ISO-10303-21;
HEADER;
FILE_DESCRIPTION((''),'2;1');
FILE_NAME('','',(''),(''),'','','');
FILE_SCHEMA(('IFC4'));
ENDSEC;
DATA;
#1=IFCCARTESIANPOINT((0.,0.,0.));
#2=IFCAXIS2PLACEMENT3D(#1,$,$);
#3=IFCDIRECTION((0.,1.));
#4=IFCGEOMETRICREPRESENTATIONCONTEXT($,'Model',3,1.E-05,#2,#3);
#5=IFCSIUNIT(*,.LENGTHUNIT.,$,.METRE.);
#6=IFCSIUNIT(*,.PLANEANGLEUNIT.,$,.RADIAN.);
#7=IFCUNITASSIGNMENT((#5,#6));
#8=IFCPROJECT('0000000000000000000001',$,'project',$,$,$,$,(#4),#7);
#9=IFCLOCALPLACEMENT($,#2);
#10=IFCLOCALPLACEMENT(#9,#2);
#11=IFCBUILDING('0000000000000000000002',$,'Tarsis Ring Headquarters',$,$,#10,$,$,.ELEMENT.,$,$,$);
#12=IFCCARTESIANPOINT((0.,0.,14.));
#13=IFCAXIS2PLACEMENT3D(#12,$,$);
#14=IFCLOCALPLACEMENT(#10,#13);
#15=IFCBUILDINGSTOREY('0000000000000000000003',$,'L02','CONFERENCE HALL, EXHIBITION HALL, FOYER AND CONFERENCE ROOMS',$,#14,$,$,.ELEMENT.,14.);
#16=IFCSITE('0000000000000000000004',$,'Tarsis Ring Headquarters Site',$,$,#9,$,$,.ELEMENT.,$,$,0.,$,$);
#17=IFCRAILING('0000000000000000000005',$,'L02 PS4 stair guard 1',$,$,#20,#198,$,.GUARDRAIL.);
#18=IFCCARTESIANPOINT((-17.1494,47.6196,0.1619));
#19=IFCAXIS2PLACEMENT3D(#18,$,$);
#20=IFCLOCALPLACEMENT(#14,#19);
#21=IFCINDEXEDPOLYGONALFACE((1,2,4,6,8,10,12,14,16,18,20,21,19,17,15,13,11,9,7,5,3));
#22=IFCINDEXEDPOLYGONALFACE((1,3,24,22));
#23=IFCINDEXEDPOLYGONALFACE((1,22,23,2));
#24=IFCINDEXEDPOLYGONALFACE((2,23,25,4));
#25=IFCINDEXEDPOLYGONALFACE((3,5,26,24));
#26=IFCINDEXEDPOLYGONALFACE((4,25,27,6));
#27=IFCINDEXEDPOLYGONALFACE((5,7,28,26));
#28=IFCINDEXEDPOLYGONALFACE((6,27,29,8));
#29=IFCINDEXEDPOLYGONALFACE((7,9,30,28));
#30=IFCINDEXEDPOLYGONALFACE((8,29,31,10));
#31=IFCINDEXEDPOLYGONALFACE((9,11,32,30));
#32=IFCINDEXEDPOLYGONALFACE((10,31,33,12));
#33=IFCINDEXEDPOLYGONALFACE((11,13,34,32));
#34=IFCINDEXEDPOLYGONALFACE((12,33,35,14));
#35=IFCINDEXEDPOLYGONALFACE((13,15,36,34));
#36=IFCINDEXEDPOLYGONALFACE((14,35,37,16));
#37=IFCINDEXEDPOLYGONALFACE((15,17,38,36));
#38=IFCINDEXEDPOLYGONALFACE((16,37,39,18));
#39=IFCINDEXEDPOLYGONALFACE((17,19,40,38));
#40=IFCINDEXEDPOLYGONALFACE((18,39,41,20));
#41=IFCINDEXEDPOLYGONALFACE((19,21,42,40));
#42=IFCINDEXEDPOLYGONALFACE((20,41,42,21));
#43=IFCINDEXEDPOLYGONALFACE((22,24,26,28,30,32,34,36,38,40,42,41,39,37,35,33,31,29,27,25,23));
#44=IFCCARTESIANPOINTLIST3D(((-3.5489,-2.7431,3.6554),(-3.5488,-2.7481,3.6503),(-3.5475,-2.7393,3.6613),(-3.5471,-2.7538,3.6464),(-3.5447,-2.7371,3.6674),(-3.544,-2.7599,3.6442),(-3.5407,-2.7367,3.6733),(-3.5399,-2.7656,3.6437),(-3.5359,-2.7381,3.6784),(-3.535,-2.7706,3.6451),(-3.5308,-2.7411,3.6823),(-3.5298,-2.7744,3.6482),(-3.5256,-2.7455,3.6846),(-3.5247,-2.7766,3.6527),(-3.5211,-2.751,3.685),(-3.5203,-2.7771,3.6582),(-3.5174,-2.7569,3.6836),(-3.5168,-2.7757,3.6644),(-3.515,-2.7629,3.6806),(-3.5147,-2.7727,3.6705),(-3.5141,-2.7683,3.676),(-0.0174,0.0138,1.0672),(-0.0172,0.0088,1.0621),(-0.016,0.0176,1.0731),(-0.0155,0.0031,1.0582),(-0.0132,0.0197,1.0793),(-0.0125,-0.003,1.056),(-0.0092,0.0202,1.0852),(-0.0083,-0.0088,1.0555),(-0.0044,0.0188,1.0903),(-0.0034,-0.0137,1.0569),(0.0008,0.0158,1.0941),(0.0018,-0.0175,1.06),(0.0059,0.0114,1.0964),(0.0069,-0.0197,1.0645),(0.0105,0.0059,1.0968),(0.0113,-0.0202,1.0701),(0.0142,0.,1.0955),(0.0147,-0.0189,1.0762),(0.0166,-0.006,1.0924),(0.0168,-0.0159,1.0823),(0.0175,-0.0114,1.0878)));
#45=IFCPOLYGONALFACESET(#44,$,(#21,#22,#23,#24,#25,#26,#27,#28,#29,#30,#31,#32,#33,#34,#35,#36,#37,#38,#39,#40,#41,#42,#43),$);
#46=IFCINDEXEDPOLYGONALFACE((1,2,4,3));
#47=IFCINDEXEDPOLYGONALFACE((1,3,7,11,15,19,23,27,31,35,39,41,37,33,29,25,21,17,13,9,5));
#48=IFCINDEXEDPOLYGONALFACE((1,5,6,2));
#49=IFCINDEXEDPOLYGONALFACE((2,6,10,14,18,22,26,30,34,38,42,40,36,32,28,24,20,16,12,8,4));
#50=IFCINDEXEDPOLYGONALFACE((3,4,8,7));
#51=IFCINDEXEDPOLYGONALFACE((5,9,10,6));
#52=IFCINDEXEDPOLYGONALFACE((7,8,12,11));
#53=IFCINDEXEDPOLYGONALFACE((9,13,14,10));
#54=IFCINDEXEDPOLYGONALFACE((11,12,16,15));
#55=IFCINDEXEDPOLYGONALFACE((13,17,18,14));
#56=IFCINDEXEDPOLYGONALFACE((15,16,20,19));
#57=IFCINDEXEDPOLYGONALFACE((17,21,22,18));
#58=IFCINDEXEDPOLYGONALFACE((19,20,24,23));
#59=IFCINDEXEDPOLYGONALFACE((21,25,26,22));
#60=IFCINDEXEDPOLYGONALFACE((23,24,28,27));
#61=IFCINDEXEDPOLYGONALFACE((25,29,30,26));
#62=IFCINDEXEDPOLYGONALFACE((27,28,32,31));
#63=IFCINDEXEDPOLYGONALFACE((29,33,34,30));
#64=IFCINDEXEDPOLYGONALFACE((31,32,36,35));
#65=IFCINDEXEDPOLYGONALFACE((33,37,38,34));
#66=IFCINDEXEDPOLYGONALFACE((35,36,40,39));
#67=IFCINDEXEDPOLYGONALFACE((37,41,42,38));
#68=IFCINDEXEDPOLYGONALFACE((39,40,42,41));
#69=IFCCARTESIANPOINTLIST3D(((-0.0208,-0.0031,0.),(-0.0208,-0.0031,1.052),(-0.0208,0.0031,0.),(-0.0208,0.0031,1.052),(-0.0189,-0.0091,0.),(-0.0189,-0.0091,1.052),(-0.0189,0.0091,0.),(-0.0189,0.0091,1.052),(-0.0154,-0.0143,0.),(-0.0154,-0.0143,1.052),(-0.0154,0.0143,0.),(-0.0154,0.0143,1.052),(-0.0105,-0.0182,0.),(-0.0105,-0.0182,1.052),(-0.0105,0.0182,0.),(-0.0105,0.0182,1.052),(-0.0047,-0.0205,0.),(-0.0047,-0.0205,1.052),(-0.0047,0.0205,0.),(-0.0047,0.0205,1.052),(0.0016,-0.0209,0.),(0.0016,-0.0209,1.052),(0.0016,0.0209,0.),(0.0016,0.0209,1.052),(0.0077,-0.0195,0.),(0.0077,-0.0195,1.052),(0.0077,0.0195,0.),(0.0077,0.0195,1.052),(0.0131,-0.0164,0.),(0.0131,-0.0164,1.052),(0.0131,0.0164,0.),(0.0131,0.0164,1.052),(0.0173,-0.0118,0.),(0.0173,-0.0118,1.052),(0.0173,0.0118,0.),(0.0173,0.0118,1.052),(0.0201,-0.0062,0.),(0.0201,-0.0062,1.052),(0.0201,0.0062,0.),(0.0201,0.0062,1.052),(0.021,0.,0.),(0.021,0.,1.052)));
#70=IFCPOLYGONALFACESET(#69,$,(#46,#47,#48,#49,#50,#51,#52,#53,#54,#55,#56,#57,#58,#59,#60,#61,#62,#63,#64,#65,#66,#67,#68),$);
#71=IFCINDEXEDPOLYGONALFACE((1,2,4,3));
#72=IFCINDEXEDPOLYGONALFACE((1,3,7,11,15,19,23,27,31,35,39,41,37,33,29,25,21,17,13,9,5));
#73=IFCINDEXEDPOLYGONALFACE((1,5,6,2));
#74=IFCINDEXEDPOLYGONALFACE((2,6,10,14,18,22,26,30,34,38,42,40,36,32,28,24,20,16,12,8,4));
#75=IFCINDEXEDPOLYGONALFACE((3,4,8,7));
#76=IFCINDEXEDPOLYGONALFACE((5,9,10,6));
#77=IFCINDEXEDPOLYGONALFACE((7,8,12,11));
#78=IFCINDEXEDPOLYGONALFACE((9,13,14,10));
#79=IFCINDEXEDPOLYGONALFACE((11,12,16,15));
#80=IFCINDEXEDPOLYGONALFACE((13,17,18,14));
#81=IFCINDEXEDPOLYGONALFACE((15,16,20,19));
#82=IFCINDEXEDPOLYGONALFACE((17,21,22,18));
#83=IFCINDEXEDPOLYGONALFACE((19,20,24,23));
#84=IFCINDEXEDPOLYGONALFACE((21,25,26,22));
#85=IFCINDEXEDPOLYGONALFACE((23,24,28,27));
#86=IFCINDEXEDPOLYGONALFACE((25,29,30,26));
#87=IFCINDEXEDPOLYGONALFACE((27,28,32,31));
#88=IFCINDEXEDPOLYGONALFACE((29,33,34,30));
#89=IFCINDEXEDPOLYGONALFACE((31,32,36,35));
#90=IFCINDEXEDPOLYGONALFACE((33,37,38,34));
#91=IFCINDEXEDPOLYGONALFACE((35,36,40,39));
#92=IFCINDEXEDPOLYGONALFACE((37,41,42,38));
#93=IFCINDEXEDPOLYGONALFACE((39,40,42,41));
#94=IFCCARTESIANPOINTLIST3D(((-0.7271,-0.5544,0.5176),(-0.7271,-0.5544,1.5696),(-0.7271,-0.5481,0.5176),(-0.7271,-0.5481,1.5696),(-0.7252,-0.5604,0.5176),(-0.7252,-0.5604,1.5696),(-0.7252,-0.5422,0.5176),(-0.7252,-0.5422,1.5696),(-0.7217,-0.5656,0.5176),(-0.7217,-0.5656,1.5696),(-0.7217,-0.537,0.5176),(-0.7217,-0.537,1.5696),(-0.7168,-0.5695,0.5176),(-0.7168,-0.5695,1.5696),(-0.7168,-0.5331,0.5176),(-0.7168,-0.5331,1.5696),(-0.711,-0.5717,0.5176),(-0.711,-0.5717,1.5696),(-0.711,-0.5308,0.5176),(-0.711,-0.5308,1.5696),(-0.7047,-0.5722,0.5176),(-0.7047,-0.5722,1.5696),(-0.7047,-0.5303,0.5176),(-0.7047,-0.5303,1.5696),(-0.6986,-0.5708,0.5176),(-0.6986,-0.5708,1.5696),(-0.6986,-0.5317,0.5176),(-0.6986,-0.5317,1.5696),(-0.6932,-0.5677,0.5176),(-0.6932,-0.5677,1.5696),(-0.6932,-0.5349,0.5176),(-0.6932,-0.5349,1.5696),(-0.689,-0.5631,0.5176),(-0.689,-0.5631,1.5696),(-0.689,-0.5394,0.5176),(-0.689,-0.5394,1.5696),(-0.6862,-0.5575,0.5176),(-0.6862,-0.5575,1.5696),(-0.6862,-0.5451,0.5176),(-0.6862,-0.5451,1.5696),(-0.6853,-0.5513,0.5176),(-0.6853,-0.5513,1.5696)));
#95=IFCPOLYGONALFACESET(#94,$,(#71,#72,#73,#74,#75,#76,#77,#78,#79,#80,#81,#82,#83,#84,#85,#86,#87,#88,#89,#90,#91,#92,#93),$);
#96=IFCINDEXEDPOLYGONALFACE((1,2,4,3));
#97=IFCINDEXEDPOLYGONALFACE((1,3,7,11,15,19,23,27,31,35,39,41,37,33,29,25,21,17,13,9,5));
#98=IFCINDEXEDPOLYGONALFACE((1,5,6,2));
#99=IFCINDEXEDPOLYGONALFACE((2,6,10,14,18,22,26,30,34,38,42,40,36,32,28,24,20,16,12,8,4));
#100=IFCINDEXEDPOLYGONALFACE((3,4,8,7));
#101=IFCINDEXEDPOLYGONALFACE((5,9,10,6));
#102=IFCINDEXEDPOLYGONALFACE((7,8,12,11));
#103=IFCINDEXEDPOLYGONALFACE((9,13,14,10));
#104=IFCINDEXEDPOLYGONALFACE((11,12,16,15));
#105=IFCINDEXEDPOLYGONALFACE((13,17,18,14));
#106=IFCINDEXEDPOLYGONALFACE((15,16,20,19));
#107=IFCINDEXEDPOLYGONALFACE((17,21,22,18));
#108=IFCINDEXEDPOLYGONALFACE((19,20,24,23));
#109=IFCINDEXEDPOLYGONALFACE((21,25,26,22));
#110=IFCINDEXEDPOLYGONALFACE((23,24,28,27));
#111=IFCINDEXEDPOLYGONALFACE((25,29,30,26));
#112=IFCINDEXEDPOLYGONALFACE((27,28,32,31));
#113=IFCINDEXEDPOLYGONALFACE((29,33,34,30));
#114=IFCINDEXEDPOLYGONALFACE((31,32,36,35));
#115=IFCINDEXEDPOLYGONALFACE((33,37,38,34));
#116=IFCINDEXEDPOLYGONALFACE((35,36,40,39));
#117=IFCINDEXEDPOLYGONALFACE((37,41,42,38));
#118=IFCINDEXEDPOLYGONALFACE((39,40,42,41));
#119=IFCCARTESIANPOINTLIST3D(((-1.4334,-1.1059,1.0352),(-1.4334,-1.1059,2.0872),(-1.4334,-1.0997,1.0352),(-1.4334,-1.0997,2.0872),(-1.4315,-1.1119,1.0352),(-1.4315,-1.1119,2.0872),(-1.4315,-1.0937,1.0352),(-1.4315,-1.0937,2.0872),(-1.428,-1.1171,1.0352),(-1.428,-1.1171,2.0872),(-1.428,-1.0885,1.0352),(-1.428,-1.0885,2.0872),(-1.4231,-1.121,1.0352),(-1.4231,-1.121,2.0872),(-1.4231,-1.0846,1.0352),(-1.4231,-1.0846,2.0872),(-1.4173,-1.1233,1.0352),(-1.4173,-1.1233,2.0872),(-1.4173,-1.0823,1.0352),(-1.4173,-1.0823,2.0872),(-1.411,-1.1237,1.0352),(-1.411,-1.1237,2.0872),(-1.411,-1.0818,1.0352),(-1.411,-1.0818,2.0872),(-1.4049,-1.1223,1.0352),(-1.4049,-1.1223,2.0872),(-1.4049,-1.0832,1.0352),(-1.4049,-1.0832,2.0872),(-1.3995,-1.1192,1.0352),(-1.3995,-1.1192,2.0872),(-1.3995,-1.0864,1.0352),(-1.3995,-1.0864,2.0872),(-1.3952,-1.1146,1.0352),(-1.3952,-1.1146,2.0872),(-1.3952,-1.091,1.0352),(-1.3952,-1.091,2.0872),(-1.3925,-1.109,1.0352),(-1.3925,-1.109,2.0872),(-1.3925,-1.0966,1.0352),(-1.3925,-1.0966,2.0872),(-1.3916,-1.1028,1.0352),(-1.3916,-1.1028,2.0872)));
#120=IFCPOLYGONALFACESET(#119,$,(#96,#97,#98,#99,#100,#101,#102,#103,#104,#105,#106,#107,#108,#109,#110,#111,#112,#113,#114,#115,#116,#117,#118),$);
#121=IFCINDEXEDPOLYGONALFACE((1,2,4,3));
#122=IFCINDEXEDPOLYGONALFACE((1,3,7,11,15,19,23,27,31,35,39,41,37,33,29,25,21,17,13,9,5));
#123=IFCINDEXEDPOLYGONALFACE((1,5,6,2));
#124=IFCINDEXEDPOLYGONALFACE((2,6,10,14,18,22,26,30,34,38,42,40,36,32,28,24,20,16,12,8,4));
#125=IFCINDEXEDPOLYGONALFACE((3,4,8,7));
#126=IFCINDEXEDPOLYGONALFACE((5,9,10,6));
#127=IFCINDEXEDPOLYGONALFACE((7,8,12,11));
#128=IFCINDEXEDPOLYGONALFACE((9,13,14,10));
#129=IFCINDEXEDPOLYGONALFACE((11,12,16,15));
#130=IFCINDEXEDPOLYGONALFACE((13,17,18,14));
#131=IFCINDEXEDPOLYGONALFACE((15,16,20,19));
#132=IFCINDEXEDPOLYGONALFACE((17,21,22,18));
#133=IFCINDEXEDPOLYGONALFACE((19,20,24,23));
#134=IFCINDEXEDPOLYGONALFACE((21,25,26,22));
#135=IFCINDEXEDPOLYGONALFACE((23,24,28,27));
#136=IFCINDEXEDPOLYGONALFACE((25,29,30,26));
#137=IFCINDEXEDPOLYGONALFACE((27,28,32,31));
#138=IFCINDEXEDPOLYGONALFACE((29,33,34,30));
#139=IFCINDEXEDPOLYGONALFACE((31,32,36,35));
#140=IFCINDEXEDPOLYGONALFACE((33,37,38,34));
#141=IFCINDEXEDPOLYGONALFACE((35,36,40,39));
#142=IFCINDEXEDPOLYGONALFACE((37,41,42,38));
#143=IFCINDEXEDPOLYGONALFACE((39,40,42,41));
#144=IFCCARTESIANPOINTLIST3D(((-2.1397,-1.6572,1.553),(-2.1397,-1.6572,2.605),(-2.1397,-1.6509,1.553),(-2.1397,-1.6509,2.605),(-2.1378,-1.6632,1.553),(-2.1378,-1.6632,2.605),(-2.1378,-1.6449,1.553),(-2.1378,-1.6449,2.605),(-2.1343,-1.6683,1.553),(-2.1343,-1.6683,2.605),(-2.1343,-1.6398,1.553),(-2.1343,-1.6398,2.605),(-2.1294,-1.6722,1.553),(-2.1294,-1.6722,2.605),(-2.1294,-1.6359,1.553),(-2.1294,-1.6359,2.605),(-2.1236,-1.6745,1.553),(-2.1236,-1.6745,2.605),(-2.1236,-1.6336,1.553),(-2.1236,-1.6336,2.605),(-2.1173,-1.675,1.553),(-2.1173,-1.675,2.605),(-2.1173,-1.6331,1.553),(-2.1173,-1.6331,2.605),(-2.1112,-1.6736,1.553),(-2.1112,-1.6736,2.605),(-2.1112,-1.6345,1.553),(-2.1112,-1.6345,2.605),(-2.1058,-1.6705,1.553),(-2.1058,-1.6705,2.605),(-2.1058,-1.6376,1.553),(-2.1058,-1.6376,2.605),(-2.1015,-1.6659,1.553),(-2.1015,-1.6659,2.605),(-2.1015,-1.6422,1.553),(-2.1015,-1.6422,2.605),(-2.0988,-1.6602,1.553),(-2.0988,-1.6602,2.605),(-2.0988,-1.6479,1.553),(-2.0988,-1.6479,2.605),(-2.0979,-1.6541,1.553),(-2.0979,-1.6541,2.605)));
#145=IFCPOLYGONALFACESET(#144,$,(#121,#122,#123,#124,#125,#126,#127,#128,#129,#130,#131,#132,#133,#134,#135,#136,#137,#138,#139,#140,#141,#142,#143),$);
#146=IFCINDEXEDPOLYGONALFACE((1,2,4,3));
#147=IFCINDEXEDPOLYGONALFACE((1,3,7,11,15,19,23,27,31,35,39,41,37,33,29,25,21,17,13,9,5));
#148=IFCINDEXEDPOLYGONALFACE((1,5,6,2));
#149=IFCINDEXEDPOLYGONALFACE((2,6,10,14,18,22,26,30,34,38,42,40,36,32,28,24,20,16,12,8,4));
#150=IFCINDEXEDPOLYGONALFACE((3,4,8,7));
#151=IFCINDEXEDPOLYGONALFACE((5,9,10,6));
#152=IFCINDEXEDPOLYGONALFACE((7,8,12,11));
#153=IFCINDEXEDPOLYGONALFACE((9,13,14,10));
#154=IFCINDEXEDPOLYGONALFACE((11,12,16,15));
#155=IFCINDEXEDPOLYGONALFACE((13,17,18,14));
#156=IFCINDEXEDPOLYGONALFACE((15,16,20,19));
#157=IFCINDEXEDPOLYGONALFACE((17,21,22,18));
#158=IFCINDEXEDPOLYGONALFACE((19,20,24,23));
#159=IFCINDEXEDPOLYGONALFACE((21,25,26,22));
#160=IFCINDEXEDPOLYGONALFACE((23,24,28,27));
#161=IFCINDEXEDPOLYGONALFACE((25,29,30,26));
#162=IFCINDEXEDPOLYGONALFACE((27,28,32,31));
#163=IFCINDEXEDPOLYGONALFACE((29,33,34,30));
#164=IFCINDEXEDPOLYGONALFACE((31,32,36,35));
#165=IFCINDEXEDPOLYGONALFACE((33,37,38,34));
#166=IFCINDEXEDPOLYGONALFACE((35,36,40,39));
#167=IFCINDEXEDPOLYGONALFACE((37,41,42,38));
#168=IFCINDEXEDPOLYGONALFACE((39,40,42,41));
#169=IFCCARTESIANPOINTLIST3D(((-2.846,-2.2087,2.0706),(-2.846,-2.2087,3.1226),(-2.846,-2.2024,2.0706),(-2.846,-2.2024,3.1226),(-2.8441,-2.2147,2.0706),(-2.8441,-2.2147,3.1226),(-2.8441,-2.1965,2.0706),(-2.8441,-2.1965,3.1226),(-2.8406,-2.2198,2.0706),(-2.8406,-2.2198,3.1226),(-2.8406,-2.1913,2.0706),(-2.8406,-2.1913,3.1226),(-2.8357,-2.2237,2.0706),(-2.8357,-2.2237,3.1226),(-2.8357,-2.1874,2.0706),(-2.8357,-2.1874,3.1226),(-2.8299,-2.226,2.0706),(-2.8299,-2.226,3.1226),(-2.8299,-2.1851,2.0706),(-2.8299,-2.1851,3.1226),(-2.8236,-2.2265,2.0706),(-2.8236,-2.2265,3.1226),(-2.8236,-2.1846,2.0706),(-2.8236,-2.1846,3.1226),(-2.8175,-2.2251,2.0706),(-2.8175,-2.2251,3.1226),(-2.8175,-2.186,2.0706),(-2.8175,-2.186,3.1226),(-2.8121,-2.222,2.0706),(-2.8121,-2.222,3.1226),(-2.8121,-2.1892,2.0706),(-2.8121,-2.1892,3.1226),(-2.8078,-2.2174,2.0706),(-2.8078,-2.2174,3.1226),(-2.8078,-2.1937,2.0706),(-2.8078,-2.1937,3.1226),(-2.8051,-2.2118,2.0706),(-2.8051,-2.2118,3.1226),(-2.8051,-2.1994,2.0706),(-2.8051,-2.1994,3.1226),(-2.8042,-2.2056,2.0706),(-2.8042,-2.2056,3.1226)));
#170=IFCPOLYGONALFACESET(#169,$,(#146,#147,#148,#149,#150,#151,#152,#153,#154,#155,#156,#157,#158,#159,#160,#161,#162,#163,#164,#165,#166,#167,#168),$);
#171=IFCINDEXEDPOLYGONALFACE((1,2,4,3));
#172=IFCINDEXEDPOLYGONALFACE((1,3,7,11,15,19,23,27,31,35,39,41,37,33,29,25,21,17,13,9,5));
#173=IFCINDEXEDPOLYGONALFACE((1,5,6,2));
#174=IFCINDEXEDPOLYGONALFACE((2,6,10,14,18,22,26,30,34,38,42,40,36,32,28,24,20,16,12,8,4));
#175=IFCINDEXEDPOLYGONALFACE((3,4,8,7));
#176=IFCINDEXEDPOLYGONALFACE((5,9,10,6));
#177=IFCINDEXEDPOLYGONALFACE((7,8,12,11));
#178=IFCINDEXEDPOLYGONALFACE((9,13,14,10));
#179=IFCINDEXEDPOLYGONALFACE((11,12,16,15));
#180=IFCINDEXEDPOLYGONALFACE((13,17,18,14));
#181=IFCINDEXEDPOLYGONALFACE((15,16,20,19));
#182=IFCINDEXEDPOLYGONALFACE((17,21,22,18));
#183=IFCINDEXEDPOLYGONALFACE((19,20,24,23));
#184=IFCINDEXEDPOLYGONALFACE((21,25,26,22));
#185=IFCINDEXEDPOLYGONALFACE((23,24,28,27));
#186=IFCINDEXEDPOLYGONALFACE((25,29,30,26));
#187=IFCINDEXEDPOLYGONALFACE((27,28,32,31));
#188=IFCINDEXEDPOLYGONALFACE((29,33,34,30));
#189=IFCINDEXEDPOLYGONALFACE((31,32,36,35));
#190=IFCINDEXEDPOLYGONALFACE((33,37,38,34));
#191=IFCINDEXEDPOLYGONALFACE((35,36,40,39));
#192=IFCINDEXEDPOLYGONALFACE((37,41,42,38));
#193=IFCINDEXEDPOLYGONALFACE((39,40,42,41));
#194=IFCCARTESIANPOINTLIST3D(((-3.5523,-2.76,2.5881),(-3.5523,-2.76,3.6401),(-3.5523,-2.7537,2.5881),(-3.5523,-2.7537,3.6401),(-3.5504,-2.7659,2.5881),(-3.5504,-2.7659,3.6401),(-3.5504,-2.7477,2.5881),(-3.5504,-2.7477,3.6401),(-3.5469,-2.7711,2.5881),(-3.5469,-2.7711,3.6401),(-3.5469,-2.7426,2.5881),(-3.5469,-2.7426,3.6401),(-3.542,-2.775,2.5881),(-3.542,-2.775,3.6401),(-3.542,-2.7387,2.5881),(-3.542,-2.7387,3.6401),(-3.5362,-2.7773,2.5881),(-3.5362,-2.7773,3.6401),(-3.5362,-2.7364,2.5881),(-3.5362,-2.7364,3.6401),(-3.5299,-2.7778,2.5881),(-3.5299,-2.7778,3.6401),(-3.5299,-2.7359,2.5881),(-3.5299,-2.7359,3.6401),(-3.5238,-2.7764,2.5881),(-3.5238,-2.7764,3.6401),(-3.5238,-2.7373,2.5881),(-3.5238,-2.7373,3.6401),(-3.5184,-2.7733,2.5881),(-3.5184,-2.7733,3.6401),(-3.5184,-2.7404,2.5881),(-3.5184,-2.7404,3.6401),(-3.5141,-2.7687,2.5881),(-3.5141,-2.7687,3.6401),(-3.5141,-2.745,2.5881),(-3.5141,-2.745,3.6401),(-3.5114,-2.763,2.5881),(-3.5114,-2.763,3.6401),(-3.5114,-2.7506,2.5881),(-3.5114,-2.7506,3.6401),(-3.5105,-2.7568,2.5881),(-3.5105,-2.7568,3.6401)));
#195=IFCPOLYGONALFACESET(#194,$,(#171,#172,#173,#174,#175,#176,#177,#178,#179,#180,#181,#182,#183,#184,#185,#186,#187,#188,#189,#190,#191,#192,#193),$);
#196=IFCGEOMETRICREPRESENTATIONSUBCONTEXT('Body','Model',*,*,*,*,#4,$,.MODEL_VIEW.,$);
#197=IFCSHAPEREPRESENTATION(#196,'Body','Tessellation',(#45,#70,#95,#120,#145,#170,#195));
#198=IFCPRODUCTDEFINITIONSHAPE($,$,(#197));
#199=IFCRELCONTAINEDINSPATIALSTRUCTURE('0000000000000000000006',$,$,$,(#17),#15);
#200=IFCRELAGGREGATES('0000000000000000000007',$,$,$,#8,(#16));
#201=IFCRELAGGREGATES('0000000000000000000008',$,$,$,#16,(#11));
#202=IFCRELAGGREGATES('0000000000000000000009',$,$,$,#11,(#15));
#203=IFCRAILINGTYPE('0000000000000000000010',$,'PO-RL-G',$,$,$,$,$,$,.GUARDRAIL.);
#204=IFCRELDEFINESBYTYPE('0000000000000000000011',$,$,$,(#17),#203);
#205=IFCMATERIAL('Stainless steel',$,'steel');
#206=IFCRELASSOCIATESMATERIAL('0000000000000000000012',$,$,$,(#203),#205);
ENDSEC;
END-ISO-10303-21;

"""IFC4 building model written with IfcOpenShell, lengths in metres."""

from ifc_helpers import new_model, si_unit, direction, frame, origin, origin_2d, place, context, subcontext, project, spatial, circle, extrude, material, type_object, element, save


model = new_model("IFC4")

# Units and contexts
model_context = context("Model", 3, precision=1e-05, world=origin(), true_north=direction((0.0, 1.0)))
body_context = subcontext(model_context, "Body", "Model", "MODEL_VIEW")
ifc_project = project(units=[si_unit("LENGTHUNIT", "METRE"), si_unit("PLANEANGLEUNIT", "RADIAN")], contexts=[model_context])

# Site, building, storey
site_placement = place(None, origin())
site = spatial("IfcSite", under=ifc_project, at=site_placement, Name="Tarsis Ring Headquarters Site", CompositionType="ELEMENT", RefElevation=0.0)
building_placement = place(site_placement, origin())
building = spatial("IfcBuilding", under=site, at=building_placement, Name="Tarsis Ring Headquarters", CompositionType="ELEMENT")
storey_placement = place(building_placement, frame((0.0, 0.0, 14.0)))
storey = spatial("IfcBuildingStorey", under=building, at=storey_placement, Name="L02", Description="CONFERENCE HALL, EXHIBITION HALL, FOYER AND CONFERENCE ROOMS", CompositionType="ELEMENT", Elevation=14.0)

# Railing
ifc_material_1 = material(Name="Stainless steel", Category="steel")
railing_type_1 = type_object("IfcRailingType", Name="PO-RL-G", PredefinedType="GUARDRAIL", material=ifc_material_1)
railing_1_placement = place(storey_placement, frame((-17.1494, 47.6196, 0.1619)))
element("IfcRailing", 1, at=railing_1_placement, inside=storey, type_object=railing_type_1, Name="L02 PS4 stair guard 1", PredefinedType="GUARDRAIL", context=body_context, shape_type="SweptSolid", body=[
    extrude(circle(Radius=0.0239, at=origin_2d()), frame((0.0, 0.0, 1.0762), z_axis=(-0.682549, -0.532827, 0.500222), x_axis=(0.615347, -0.788256, 0.0)), (0.0, 0.0, 1.0), 5.1741),
    extrude(circle(Radius=0.021, at=origin_2d()), origin(), (0.0, 0.0, 1.0), 1.052),
    extrude(circle(Radius=0.021, at=origin_2d()), frame((-0.7063, -0.5513, 0.5176)), (0.0, 0.0, 1.0), 1.052),
    extrude(circle(Radius=0.021, at=origin_2d()), frame((-1.4126, -1.1028, 1.0352)), (0.0, 0.0, 1.0), 1.052),
    extrude(circle(Radius=0.021, at=origin_2d()), frame((-2.1189, -1.6541, 1.553)), (0.0, 0.0, 1.0), 1.052),
    extrude(circle(Radius=0.021, at=origin_2d()), frame((-2.8252, -2.2056, 2.0706)), (0.0, 0.0, 1.0), 1.052),
    extrude(circle(Radius=0.021, at=origin_2d()), frame((-3.5315, -2.7568, 2.5881)), (0.0, 0.0, 1.0), 1.052),
])

save(model, "model.ifc")
